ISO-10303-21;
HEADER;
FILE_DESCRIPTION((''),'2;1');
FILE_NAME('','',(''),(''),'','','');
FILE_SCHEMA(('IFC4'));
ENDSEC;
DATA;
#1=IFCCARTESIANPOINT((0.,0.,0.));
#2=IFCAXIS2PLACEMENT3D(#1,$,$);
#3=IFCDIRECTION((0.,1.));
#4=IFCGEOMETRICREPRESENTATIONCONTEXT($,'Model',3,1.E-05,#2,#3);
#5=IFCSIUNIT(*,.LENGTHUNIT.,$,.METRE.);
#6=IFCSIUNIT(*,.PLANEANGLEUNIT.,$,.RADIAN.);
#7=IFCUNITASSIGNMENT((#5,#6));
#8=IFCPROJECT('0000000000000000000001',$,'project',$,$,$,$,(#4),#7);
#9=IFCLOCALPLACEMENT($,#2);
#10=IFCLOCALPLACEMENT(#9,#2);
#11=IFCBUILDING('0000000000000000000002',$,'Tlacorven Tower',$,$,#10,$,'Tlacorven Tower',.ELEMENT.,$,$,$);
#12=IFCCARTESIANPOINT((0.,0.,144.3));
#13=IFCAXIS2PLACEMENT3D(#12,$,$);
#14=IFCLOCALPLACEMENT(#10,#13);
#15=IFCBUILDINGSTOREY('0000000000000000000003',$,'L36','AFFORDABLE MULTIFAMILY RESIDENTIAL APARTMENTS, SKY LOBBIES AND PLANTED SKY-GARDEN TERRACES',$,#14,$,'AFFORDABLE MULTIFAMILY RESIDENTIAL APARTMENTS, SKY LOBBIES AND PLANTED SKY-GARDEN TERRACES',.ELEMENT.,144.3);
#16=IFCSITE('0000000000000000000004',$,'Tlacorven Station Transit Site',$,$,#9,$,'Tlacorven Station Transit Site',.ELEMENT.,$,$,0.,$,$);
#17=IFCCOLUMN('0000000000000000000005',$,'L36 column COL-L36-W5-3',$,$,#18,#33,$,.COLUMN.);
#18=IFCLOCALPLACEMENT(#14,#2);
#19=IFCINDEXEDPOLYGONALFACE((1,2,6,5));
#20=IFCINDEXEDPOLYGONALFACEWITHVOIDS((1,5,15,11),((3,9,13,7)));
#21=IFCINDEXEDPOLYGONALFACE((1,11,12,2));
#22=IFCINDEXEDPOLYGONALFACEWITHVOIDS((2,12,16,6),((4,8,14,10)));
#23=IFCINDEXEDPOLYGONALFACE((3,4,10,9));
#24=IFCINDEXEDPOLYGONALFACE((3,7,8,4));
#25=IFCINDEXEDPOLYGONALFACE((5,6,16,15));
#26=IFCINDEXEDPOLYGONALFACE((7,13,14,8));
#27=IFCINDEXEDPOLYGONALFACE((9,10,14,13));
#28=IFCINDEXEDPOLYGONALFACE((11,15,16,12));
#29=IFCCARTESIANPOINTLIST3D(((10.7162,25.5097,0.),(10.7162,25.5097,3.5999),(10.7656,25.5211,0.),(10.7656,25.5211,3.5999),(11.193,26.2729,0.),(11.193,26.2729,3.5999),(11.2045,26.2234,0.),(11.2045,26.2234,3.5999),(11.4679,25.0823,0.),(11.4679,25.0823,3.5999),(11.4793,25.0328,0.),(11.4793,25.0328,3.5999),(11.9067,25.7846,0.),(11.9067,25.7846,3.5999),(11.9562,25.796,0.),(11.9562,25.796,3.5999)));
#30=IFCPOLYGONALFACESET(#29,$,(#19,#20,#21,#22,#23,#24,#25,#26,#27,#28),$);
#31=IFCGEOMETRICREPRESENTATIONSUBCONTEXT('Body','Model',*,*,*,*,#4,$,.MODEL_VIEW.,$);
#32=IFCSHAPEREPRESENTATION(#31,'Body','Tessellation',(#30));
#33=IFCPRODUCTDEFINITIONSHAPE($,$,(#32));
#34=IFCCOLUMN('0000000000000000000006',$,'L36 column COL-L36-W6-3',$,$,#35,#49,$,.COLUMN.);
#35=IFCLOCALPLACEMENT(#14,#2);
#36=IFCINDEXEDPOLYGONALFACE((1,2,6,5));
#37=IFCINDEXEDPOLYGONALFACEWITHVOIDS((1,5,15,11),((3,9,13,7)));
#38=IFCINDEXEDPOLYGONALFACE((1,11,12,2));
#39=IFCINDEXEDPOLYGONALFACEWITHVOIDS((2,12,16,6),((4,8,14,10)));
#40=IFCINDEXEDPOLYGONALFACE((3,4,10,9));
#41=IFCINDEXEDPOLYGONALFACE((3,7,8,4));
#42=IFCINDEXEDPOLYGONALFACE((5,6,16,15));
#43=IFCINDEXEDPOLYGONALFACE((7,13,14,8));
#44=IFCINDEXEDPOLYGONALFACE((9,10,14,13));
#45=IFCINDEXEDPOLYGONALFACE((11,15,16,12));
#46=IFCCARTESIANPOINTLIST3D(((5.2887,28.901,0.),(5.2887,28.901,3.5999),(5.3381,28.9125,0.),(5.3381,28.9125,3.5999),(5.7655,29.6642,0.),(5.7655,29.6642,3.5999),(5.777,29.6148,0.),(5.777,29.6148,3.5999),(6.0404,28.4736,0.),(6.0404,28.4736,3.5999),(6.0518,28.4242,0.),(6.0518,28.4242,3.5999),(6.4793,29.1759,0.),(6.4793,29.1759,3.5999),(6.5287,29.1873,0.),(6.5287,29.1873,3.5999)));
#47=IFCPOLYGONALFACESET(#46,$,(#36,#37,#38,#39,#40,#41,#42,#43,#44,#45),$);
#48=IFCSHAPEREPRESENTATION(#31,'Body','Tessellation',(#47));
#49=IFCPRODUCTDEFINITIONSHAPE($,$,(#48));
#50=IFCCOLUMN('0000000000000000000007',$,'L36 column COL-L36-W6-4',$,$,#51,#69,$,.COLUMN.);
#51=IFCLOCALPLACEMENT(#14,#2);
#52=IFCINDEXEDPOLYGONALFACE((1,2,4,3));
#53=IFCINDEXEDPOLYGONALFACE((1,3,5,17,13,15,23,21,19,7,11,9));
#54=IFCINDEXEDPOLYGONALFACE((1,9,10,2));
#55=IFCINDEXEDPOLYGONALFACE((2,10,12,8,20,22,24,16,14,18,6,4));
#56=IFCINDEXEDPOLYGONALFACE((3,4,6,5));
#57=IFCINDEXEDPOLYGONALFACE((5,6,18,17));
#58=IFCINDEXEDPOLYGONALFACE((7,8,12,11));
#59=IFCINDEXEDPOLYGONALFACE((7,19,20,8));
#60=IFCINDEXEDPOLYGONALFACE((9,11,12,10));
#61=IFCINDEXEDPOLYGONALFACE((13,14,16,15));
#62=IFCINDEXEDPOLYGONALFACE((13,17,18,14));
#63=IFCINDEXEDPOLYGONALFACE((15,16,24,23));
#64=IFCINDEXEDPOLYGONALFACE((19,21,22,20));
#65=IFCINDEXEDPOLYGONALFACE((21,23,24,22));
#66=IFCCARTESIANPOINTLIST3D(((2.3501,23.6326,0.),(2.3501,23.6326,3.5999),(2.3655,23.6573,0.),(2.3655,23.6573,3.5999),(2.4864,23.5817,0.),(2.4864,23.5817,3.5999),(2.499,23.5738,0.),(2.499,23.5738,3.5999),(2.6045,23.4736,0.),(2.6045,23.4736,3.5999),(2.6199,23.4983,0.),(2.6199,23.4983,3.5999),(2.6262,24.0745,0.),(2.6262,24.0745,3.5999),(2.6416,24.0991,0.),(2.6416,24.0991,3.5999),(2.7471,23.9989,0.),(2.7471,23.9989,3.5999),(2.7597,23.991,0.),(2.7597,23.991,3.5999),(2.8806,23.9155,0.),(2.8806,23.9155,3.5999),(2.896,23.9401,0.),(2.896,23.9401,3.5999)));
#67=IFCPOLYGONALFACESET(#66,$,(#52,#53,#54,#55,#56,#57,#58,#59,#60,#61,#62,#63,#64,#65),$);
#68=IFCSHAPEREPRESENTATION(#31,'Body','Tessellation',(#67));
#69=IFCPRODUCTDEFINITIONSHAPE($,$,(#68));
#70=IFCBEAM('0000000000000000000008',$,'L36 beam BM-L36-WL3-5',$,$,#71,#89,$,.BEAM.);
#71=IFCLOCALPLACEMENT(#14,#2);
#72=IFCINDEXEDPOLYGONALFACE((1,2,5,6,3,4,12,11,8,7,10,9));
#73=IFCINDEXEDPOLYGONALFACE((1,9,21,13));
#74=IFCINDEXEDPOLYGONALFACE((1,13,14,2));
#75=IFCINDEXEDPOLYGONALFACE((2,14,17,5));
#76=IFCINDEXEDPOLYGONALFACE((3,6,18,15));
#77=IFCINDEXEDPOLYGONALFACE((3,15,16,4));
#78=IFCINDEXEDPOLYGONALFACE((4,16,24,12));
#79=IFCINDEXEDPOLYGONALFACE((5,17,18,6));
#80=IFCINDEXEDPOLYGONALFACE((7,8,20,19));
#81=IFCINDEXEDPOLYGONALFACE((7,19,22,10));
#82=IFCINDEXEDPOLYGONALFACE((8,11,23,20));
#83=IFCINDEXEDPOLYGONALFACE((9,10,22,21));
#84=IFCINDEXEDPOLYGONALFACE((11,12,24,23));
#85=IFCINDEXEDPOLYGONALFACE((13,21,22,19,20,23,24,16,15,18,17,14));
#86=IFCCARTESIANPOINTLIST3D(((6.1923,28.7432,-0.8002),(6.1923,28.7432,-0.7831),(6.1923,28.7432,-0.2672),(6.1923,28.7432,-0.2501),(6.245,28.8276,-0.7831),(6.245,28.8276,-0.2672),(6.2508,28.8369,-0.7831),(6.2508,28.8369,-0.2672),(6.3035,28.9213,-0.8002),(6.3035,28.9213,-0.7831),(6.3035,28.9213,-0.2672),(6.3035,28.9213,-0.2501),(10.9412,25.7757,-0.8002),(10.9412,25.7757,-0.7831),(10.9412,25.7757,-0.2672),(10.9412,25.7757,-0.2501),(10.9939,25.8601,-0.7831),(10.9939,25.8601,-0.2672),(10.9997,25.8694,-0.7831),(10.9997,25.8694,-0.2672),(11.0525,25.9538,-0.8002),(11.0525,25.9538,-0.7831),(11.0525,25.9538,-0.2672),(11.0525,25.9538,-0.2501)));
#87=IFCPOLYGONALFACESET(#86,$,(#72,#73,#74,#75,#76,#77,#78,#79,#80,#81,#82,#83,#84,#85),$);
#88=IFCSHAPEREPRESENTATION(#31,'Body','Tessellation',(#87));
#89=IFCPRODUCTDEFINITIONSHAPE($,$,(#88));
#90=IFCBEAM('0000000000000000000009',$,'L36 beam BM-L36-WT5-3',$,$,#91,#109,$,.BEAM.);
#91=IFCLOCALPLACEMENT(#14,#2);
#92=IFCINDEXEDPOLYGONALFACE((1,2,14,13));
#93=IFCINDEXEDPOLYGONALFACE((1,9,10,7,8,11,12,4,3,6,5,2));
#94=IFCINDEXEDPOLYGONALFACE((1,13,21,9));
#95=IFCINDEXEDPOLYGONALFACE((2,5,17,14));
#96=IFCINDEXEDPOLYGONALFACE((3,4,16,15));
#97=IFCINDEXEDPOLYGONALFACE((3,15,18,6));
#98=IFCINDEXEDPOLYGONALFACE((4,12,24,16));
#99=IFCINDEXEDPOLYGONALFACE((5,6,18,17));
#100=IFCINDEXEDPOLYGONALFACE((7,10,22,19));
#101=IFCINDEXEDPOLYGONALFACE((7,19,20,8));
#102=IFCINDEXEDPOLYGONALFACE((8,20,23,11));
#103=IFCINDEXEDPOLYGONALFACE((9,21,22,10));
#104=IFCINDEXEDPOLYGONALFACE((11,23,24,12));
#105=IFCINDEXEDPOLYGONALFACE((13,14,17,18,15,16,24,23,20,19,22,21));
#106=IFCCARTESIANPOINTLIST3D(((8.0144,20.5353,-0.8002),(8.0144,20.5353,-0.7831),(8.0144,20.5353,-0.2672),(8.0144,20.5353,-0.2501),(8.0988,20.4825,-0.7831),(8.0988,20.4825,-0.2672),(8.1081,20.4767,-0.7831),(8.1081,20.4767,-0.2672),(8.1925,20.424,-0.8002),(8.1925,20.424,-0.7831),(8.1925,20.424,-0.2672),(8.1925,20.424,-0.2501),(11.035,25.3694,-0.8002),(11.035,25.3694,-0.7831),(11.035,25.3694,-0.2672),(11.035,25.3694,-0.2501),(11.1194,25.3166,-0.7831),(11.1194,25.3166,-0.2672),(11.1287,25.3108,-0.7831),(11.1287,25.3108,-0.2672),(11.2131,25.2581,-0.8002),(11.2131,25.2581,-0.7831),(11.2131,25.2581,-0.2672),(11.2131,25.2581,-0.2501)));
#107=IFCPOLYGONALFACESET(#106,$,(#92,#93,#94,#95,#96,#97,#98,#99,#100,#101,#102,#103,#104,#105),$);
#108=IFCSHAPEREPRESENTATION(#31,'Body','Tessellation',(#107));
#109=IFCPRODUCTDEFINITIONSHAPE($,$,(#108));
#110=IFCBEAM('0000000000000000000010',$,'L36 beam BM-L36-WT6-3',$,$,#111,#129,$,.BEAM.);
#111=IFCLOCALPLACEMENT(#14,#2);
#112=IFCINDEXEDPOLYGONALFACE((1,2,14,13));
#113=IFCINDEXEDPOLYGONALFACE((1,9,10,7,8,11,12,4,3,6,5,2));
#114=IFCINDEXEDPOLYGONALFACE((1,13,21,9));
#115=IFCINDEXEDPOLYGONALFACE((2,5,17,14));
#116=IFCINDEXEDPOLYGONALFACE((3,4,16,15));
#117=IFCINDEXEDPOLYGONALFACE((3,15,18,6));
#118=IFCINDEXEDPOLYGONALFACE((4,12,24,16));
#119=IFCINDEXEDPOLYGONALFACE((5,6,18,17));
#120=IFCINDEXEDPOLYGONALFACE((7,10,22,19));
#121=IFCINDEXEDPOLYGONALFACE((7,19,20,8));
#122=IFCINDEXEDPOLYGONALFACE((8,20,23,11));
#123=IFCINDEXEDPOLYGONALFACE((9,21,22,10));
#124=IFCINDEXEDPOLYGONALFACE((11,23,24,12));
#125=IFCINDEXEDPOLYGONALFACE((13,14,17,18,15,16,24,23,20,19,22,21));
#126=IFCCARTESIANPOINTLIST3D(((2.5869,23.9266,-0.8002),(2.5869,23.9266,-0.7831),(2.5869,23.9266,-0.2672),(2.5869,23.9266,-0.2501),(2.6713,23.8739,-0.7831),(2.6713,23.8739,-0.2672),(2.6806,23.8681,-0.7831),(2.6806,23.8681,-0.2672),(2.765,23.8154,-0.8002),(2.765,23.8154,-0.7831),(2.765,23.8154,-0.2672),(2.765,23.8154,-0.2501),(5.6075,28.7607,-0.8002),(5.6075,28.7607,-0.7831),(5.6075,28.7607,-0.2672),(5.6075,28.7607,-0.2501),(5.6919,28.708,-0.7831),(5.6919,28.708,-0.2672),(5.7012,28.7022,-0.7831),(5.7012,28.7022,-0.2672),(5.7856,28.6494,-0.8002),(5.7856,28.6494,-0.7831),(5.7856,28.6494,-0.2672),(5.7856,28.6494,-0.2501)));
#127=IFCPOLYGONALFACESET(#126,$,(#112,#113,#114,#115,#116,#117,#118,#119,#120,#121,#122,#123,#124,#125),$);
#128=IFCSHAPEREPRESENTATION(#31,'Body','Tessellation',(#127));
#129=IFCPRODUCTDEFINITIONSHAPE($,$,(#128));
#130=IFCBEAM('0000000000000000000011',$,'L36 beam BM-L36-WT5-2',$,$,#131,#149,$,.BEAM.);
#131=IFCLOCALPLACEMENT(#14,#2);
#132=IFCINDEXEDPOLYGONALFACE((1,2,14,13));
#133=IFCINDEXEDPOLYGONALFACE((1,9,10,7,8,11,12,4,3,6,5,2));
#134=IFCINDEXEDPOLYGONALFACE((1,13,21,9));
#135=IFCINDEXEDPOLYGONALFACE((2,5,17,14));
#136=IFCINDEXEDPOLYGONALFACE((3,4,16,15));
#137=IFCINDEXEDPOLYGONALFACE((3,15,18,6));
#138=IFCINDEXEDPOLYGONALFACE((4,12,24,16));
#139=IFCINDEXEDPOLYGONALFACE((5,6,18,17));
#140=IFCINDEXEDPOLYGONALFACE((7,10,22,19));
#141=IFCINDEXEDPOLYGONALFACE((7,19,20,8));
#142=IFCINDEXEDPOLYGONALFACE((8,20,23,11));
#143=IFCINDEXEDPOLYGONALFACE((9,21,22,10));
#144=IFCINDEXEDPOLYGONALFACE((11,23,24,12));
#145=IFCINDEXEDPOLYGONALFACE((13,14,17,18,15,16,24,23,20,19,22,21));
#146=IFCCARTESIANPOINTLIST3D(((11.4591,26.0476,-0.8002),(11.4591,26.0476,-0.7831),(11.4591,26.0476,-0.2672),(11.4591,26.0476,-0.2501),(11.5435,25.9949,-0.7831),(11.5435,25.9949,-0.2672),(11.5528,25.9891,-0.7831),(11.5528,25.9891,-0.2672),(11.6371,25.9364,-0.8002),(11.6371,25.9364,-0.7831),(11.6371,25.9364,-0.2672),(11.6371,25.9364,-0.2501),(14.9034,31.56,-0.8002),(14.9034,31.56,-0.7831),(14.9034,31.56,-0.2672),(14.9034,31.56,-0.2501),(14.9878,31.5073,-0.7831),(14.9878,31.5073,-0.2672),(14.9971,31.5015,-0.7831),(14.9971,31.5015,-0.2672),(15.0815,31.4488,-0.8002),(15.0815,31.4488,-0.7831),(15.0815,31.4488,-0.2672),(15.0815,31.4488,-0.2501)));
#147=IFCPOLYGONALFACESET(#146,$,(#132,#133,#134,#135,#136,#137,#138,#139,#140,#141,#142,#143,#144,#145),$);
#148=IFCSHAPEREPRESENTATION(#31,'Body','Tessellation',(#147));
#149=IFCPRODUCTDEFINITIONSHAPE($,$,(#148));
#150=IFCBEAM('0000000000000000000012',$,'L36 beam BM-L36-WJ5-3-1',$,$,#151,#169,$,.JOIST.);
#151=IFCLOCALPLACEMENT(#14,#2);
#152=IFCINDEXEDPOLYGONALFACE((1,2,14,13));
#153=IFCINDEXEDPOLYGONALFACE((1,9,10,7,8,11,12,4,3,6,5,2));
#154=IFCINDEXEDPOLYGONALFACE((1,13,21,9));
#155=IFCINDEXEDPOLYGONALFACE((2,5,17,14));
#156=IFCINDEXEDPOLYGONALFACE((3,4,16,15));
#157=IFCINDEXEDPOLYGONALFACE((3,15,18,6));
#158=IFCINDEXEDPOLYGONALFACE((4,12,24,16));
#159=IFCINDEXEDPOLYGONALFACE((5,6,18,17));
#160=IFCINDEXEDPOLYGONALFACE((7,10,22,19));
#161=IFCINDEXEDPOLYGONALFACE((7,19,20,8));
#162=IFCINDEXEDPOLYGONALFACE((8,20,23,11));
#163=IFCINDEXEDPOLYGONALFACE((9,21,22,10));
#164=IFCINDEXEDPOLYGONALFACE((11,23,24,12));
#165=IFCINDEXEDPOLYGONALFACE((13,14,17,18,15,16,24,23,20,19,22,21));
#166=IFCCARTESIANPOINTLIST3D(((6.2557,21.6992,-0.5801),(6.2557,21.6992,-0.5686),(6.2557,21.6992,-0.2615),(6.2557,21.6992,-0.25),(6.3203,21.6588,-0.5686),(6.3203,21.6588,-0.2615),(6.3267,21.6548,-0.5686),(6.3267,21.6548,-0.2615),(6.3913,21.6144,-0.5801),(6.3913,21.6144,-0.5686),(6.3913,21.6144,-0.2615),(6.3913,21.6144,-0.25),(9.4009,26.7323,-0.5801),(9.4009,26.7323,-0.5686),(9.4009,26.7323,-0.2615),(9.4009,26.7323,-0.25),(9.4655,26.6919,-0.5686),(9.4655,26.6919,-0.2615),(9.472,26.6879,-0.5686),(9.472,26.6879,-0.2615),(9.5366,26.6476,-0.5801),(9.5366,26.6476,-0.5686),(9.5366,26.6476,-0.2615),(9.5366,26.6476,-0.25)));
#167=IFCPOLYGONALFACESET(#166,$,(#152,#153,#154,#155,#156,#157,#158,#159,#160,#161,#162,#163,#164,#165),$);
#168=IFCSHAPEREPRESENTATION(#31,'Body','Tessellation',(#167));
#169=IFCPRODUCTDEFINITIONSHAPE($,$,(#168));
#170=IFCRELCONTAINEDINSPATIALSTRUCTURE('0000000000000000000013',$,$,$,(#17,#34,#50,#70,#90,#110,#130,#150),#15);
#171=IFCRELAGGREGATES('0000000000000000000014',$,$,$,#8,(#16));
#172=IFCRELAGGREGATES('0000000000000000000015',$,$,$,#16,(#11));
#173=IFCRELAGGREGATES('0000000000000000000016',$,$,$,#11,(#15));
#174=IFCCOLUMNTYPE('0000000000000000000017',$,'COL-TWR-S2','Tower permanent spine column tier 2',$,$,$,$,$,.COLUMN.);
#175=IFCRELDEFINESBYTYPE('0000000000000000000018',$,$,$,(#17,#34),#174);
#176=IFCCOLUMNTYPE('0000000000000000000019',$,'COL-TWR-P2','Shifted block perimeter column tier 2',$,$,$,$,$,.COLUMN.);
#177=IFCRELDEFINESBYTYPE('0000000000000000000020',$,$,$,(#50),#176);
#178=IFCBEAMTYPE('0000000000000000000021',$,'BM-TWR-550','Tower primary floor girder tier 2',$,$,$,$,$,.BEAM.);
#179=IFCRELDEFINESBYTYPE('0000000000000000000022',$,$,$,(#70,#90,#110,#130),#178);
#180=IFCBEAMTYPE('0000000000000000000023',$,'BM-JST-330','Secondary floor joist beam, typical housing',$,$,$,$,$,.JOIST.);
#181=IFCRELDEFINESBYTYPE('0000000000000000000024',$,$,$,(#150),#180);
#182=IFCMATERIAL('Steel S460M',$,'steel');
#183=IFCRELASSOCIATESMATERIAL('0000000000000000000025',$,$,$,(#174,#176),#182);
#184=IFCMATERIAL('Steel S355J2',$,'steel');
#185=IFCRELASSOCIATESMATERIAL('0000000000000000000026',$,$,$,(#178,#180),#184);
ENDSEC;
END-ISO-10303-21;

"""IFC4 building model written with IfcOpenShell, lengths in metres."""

from ifc_helpers import new_model, si_unit, direction, frame, origin, origin_2d, place, context, subcontext, project, spatial, hollow_rectangle, i_section, extrude, source, transform, mapped, material, material_profile, profile_set, type_object, element, save


model = new_model("IFC4")

# Units and contexts
model_context = context("Model", 3, precision=1e-05, world=origin(), true_north=direction((0.0, 1.0)))
body_context = subcontext(model_context, "Body", "Model", "MODEL_VIEW")
ifc_project = project(units=[si_unit("LENGTHUNIT", "METRE"), si_unit("PLANEANGLEUNIT", "RADIAN")], contexts=[model_context])

# Site, building, storey
site_placement = place(None, origin())
site = spatial("IfcSite", under=ifc_project, at=site_placement, Name="Tlacorven Station Transit Site", LongName="Tlacorven Station Transit Site", CompositionType="ELEMENT", RefElevation=0.0)
building_placement = place(site_placement, origin())
building = spatial("IfcBuilding", under=site, at=building_placement, Name="Tlacorven Tower", LongName="Tlacorven Tower", CompositionType="ELEMENT")
storey_placement = place(building_placement, frame((0.0, 0.0, 144.3)))
storey = spatial("IfcBuildingStorey", under=building, at=storey_placement, Name="L36", Description="AFFORDABLE MULTIFAMILY RESIDENTIAL APARTMENTS, SKY LOBBIES AND PLANTED SKY-GARDEN TERRACES", LongName="AFFORDABLE MULTIFAMILY RESIDENTIAL APARTMENTS, SKY LOBBIES AND PLANTED SKY-GARDEN TERRACES", CompositionType="ELEMENT", Elevation=144.3)

# Columns
ifc_material_1 = material(Name="Steel S460M", Category="steel")
ifc_material_profile_1 = material_profile(ifc_material_1, hollow_rectangle(XDim=0.8999, YDim=0.8999, WallThickness=0.0359, at=origin_2d()), Name="BOX 900X900X36")
ifc_profile_set_1 = profile_set([ifc_material_profile_1], Name="Steel S460M")
column_type_1 = type_object("IfcColumnType", Name="COL-TWR-S2", Description="Tower permanent spine column tier 2", PredefinedType="COLUMN", material=ifc_profile_set_1)
shared_shape_1 = source(origin(), body_context, "Body", "SweptSolid", [
    extrude(hollow_rectangle(XDim=0.8999, YDim=0.8999, WallThickness=0.0359, at=origin_2d()), origin(), (0.0, 0.0, 1.0), 3.5999),
])
for number, where, z_axis, x_axis, name in (
    (1, (11.3362, 25.6528, 0.0), (0.0, 0.0, 1.0), (-0.848048, 0.529919, 0.0), "L36 column COL-L36-W5-3"),
    (2, (5.9087, 29.0442, 0.0), (0.0, 0.0, 1.0), (-0.848048, 0.529919, 0.0), "L36 column COL-L36-W6-3"),
):
    element("IfcColumn", number, at=place(storey_placement, frame(where, z_axis=z_axis, x_axis=x_axis)), inside=storey, type_object=column_type_1, Name=name, PredefinedType="COLUMN", context=body_context, shape_type="MappedRepresentation", body=[
        mapped(shared_shape_1, transform((0.0, 0.0, 0.0), scale=1.0)),
    ])
ifc_material_profile_2 = material_profile(ifc_material_1, i_section(OverallWidth=0.3, OverallDepth=0.55, WebThickness=0.0149, FlangeThickness=0.0291, at=origin_2d()), Name="HEB 550")
ifc_profile_set_2 = profile_set([ifc_material_profile_2], Name="Steel S460M")
column_type_2 = type_object("IfcColumnType", Name="COL-TWR-P2", Description="Shifted block perimeter column tier 2", PredefinedType="COLUMN", material=ifc_profile_set_2)
shared_shape_2 = source(origin(), body_context, "Body", "SweptSolid", [
    extrude(i_section(OverallWidth=0.3, OverallDepth=0.55, WebThickness=0.0149, FlangeThickness=0.0291, at=origin_2d()), origin(), (0.0, 0.0, 1.0), 3.5999),
])
column_placement = place(storey_placement, frame((2.623, 23.7864, 0.0), z_axis=(0.0, 0.0, 1.0), x_axis=(-0.848048, 0.529919, 0.0)))
element("IfcColumn", 3, at=column_placement, inside=storey, type_object=column_type_2, Name="L36 column COL-L36-W6-4", PredefinedType="COLUMN", context=body_context, shape_type="MappedRepresentation", body=[
    mapped(shared_shape_2, transform((0.0, 0.0, 0.0), scale=1.0)),
])

# Beams
ifc_material_2 = material(Name="Steel S355J2", Category="steel")
ifc_material_profile_3 = material_profile(ifc_material_2, i_section(OverallWidth=0.21, OverallDepth=0.55, WebThickness=0.011, FlangeThickness=0.0171, at=origin_2d()), Name="IPE 550")
ifc_profile_set_3 = profile_set([ifc_material_profile_3], Name="Steel S355J2")
beam_type_1 = type_object("IfcBeamType", Name="BM-TWR-550", Description="Tower primary floor girder tier 2", PredefinedType="BEAM", material=ifc_profile_set_3)
shared_shape_3 = source(origin(), body_context, "Body", "SweptSolid", [
    extrude(i_section(OverallWidth=0.21, OverallDepth=0.55, WebThickness=0.011, FlangeThickness=0.0171, at=origin_2d()), origin(), (0.0, 0.0, 1.0), 5.5999),
])
beam_1_placement = place(storey_placement, frame((10.9968, 25.8647, -0.5251), z_axis=(-0.848047, 0.529921, 0.0), x_axis=(-0.529921, -0.848047, 0.0)))
element("IfcBeam", 4, at=beam_1_placement, inside=storey, type_object=beam_type_1, Name="L36 beam BM-L36-WL3-5", PredefinedType="BEAM", context=body_context, shape_type="MappedRepresentation", body=[
    mapped(shared_shape_3, transform((0.0, 0.0, 0.0), scale=1.0)),
])
shared_shape_4 = source(origin(), body_context, "Body", "SweptSolid", [
    extrude(i_section(OverallWidth=0.21, OverallDepth=0.55, WebThickness=0.011, FlangeThickness=0.0171, at=origin_2d()), origin(), (0.0, 0.0, 1.0), 5.7002),
])
for number, where, z_axis, x_axis, name in (
    (5, (11.124, 25.3137, -0.5251), (-0.529907, -0.848056, 0.0), (0.848056, -0.529907, 0.0), "L36 beam BM-L36-WT5-3"),
    (6, (5.6965, 28.7051, -0.5251), (-0.529907, -0.848056, 0.0), (0.848056, -0.529907, 0.0), "L36 beam BM-L36-WT6-3"),
):
    element("IfcBeam", number, at=place(storey_placement, frame(where, z_axis=z_axis, x_axis=x_axis)), inside=storey, type_object=beam_type_1, Name=name, PredefinedType="BEAM", context=body_context, shape_type="MappedRepresentation", body=[
        mapped(shared_shape_4, transform((0.0, 0.0, 0.0), scale=1.0)),
    ])
shared_shape_5 = source(origin(), body_context, "Body", "SweptSolid", [
    extrude(i_section(OverallWidth=0.21, OverallDepth=0.55, WebThickness=0.011, FlangeThickness=0.0171, at=origin_2d()), origin(), (0.0, 0.0, 1.0), 6.5),
])
beam_2_placement = place(storey_placement, frame((14.9924, 31.5044, -0.5251), z_axis=(-0.529894, -0.848064, 0.0), x_axis=(0.848064, -0.529894, 0.0)))
element("IfcBeam", 7, at=beam_2_placement, inside=storey, type_object=beam_type_1, Name="L36 beam BM-L36-WT5-2", PredefinedType="BEAM", context=body_context, shape_type="MappedRepresentation", body=[
    mapped(shared_shape_5, transform((0.0, 0.0, 0.0), scale=1.0)),
])
ifc_material_profile_4 = material_profile(ifc_material_2, i_section(OverallWidth=0.1599, OverallDepth=0.3301, WebThickness=0.0076, FlangeThickness=0.0115, at=origin_2d()), Name="IPE 330")
ifc_profile_set_4 = profile_set([ifc_material_profile_4], Name="Steel S355J2")
beam_type_2 = type_object("IfcBeamType", Name="BM-JST-330", Description="Secondary floor joist beam, typical housing", PredefinedType="JOIST", material=ifc_profile_set_4)
shared_shape_6 = source(origin(), body_context, "Body", "SweptSolid", [
    extrude(i_section(OverallWidth=0.1599, OverallDepth=0.3301, WebThickness=0.0076, FlangeThickness=0.0115, at=origin_2d()), origin(), (0.0, 0.0, 1.0), 5.9351),
])
for number, where, z_axis, x_axis, name in (
    (8, (9.4688, 26.6899, -0.415), (-0.52994, -0.848035, 0.0), (0.848035, -0.52994, 0.0), "L36 beam BM-L36-WJ5-3-1"),
):
    element("IfcBeam", number, at=place(storey_placement, frame(where, z_axis=z_axis, x_axis=x_axis)), inside=storey, type_object=beam_type_2, Name=name, PredefinedType="JOIST", context=body_context, shape_type="MappedRepresentation", body=[
        mapped(shared_shape_6, transform((0.0, 0.0, 0.0), scale=1.0)),
    ])

save(model, "model.ifc")
